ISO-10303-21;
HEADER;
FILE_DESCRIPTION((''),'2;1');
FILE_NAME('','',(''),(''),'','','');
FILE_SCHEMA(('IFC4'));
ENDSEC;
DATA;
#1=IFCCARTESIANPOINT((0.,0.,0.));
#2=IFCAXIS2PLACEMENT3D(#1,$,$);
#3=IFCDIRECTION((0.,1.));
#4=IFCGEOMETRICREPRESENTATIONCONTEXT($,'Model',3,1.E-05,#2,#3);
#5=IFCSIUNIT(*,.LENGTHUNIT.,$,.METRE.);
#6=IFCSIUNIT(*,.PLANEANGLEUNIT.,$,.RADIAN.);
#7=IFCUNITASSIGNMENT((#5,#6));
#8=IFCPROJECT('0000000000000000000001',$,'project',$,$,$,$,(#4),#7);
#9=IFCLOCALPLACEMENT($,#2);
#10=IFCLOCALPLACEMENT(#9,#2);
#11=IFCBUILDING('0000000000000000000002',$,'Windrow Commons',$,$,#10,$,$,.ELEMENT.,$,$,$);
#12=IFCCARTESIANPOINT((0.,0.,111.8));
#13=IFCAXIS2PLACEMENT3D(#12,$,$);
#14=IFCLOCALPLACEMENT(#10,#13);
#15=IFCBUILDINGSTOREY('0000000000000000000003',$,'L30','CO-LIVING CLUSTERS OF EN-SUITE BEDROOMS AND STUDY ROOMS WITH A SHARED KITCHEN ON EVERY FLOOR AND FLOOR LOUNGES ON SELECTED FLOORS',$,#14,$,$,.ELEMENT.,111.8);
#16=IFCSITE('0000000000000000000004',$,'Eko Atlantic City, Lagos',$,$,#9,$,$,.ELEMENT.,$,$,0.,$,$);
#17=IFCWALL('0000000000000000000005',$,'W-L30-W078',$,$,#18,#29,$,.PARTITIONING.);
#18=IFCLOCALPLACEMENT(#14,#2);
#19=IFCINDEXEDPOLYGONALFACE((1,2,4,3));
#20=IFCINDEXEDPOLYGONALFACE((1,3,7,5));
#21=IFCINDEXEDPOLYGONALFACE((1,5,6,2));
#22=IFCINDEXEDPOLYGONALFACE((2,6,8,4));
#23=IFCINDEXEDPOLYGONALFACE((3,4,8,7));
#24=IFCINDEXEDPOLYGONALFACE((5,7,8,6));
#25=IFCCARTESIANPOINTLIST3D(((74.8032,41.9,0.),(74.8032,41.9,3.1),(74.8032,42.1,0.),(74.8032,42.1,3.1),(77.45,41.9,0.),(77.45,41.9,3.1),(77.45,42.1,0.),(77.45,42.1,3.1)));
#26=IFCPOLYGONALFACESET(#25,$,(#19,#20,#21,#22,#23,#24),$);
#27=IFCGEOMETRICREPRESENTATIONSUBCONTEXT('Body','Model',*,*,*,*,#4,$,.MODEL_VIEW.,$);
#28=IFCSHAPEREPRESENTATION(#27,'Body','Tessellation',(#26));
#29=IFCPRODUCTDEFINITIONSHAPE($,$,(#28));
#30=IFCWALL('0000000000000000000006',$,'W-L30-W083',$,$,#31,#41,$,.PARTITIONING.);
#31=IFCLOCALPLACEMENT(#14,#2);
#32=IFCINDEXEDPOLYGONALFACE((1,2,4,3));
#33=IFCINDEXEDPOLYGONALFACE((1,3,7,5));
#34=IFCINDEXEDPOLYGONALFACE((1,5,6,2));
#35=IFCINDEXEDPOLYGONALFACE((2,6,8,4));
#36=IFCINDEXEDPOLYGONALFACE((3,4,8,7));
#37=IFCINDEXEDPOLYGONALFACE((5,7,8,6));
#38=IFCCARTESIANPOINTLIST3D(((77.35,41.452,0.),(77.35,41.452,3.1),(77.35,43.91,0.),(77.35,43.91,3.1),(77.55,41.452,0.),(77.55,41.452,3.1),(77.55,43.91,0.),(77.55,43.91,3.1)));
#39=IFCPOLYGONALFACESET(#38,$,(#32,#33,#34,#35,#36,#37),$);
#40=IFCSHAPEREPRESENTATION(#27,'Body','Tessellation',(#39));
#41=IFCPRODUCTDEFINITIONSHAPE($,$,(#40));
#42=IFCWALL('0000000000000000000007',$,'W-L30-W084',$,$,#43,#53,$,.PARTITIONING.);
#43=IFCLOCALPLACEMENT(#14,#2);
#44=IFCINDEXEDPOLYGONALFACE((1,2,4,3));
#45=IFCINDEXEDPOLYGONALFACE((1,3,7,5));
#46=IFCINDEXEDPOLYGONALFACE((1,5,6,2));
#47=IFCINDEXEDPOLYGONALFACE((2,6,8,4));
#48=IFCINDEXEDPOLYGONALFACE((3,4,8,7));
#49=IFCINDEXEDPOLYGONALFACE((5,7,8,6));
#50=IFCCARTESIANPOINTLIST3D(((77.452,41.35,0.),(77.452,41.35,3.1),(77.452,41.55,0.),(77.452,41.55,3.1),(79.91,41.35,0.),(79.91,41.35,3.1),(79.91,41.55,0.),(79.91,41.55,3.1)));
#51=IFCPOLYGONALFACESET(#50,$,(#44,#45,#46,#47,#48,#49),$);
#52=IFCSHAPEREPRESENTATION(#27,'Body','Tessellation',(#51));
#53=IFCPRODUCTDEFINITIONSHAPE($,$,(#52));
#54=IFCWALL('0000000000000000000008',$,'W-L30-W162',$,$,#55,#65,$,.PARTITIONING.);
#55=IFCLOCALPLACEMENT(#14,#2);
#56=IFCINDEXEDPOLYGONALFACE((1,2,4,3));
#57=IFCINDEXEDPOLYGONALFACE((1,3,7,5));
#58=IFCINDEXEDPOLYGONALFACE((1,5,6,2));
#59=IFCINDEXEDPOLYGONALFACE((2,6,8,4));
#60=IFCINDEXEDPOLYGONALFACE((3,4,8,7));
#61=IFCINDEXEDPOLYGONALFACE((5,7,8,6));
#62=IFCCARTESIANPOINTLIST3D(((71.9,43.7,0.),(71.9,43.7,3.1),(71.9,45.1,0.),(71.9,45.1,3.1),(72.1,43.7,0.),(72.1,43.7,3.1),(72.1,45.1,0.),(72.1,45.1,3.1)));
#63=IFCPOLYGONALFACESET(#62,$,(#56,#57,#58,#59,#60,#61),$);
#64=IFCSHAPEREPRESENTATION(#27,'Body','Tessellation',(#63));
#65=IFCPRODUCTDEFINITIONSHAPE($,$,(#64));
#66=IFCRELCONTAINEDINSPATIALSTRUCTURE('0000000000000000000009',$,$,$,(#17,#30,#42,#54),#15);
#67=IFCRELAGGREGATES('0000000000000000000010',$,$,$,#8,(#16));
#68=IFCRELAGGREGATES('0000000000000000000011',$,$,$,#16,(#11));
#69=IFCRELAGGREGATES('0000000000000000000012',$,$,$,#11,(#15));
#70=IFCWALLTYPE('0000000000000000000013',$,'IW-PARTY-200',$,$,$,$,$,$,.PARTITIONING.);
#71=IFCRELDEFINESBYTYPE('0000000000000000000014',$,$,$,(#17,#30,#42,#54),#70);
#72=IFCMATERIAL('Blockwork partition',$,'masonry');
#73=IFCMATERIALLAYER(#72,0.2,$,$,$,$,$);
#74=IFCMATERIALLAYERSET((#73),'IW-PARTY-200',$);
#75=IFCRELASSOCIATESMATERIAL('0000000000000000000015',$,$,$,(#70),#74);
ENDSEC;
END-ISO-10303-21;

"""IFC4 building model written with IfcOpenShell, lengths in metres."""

from ifc_helpers import new_model, si_unit, direction, frame, frame_2d, origin, place, context, subcontext, project, spatial, rectangle, extrude, material, layer, layer_set, type_object, element, save


model = new_model("IFC4")

# Units and contexts
model_context = context("Model", 3, precision=1e-05, world=origin(), true_north=direction((0.0, 1.0)))
body_context = subcontext(model_context, "Body", "Model", "MODEL_VIEW")
ifc_project = project(units=[si_unit("LENGTHUNIT", "METRE"), si_unit("PLANEANGLEUNIT", "RADIAN")], contexts=[model_context])

# Site, building, storey
site_placement = place(None, origin())
site = spatial("IfcSite", under=ifc_project, at=site_placement, Name="Eko Atlantic City, Lagos", CompositionType="ELEMENT", RefElevation=0.0)
building_placement = place(site_placement, origin())
building = spatial("IfcBuilding", under=site, at=building_placement, Name="Windrow Commons", CompositionType="ELEMENT")
storey_placement = place(building_placement, frame((0.0, 0.0, 111.8)))
storey = spatial("IfcBuildingStorey", under=building, at=storey_placement, Name="L30", Description="CO-LIVING CLUSTERS OF EN-SUITE BEDROOMS AND STUDY ROOMS WITH A SHARED KITCHEN ON EVERY FLOOR AND FLOOR LOUNGES ON SELECTED FLOORS", CompositionType="ELEMENT", Elevation=111.8)

# Walls
ifc_material_1 = material(Name="Blockwork partition", Category="masonry")
ifc_layer_1 = layer(ifc_material_1, 0.2)
ifc_layer_set_1 = layer_set([ifc_layer_1], Name="IW-PARTY-200")
wall_type_1 = type_object("IfcWallType", Name="IW-PARTY-200", PredefinedType="PARTITIONING", material=ifc_layer_set_1)
wall_1_placement = place(storey_placement, frame((74.8032, 42.0, 0.0), z_axis=(0.0, 0.0, 1.0), x_axis=(1.0, 0.0, 0.0)))
element("IfcWall", 1, at=wall_1_placement, inside=storey, type_object=wall_type_1, Name="W-L30-W078", PredefinedType="PARTITIONING", context=body_context, shape_type="SweptSolid", body=[
    extrude(rectangle(XDim=2.6468, YDim=0.2, at=frame_2d((1.3234, 0.0))), origin(), (0.0, 0.0, 1.0), 3.1),
])
for number, where, z_axis, x_axis, name in (
    (2, (77.45, 41.452, 0.0), (0.0, 0.0, 1.0), (0.0, 1.0, 0.0), "W-L30-W083"),
    (3, (77.452, 41.45, 0.0), (0.0, 0.0, 1.0), (1.0, 0.0, 0.0), "W-L30-W084"),
):
    element("IfcWall", number, at=place(storey_placement, frame(where, z_axis=z_axis, x_axis=x_axis)), inside=storey, type_object=wall_type_1, Name=name, PredefinedType="PARTITIONING", context=body_context, shape_type="SweptSolid", body=[
        extrude(rectangle(XDim=2.458, YDim=0.2, at=frame_2d((1.229, 0.0))), origin(), (0.0, 0.0, 1.0), 3.1),
    ])
wall_2_placement = place(storey_placement, frame((72.0, 43.7, 0.0), z_axis=(0.0, 0.0, 1.0), x_axis=(0.0, 1.0, 0.0)))
element("IfcWall", 4, at=wall_2_placement, inside=storey, type_object=wall_type_1, Name="W-L30-W162", PredefinedType="PARTITIONING", context=body_context, shape_type="SweptSolid", body=[
    extrude(rectangle(XDim=1.4, YDim=0.2, at=frame_2d((0.7, 0.0))), origin(), (0.0, 0.0, 1.0), 3.1),
])

save(model, "model.ifc")
